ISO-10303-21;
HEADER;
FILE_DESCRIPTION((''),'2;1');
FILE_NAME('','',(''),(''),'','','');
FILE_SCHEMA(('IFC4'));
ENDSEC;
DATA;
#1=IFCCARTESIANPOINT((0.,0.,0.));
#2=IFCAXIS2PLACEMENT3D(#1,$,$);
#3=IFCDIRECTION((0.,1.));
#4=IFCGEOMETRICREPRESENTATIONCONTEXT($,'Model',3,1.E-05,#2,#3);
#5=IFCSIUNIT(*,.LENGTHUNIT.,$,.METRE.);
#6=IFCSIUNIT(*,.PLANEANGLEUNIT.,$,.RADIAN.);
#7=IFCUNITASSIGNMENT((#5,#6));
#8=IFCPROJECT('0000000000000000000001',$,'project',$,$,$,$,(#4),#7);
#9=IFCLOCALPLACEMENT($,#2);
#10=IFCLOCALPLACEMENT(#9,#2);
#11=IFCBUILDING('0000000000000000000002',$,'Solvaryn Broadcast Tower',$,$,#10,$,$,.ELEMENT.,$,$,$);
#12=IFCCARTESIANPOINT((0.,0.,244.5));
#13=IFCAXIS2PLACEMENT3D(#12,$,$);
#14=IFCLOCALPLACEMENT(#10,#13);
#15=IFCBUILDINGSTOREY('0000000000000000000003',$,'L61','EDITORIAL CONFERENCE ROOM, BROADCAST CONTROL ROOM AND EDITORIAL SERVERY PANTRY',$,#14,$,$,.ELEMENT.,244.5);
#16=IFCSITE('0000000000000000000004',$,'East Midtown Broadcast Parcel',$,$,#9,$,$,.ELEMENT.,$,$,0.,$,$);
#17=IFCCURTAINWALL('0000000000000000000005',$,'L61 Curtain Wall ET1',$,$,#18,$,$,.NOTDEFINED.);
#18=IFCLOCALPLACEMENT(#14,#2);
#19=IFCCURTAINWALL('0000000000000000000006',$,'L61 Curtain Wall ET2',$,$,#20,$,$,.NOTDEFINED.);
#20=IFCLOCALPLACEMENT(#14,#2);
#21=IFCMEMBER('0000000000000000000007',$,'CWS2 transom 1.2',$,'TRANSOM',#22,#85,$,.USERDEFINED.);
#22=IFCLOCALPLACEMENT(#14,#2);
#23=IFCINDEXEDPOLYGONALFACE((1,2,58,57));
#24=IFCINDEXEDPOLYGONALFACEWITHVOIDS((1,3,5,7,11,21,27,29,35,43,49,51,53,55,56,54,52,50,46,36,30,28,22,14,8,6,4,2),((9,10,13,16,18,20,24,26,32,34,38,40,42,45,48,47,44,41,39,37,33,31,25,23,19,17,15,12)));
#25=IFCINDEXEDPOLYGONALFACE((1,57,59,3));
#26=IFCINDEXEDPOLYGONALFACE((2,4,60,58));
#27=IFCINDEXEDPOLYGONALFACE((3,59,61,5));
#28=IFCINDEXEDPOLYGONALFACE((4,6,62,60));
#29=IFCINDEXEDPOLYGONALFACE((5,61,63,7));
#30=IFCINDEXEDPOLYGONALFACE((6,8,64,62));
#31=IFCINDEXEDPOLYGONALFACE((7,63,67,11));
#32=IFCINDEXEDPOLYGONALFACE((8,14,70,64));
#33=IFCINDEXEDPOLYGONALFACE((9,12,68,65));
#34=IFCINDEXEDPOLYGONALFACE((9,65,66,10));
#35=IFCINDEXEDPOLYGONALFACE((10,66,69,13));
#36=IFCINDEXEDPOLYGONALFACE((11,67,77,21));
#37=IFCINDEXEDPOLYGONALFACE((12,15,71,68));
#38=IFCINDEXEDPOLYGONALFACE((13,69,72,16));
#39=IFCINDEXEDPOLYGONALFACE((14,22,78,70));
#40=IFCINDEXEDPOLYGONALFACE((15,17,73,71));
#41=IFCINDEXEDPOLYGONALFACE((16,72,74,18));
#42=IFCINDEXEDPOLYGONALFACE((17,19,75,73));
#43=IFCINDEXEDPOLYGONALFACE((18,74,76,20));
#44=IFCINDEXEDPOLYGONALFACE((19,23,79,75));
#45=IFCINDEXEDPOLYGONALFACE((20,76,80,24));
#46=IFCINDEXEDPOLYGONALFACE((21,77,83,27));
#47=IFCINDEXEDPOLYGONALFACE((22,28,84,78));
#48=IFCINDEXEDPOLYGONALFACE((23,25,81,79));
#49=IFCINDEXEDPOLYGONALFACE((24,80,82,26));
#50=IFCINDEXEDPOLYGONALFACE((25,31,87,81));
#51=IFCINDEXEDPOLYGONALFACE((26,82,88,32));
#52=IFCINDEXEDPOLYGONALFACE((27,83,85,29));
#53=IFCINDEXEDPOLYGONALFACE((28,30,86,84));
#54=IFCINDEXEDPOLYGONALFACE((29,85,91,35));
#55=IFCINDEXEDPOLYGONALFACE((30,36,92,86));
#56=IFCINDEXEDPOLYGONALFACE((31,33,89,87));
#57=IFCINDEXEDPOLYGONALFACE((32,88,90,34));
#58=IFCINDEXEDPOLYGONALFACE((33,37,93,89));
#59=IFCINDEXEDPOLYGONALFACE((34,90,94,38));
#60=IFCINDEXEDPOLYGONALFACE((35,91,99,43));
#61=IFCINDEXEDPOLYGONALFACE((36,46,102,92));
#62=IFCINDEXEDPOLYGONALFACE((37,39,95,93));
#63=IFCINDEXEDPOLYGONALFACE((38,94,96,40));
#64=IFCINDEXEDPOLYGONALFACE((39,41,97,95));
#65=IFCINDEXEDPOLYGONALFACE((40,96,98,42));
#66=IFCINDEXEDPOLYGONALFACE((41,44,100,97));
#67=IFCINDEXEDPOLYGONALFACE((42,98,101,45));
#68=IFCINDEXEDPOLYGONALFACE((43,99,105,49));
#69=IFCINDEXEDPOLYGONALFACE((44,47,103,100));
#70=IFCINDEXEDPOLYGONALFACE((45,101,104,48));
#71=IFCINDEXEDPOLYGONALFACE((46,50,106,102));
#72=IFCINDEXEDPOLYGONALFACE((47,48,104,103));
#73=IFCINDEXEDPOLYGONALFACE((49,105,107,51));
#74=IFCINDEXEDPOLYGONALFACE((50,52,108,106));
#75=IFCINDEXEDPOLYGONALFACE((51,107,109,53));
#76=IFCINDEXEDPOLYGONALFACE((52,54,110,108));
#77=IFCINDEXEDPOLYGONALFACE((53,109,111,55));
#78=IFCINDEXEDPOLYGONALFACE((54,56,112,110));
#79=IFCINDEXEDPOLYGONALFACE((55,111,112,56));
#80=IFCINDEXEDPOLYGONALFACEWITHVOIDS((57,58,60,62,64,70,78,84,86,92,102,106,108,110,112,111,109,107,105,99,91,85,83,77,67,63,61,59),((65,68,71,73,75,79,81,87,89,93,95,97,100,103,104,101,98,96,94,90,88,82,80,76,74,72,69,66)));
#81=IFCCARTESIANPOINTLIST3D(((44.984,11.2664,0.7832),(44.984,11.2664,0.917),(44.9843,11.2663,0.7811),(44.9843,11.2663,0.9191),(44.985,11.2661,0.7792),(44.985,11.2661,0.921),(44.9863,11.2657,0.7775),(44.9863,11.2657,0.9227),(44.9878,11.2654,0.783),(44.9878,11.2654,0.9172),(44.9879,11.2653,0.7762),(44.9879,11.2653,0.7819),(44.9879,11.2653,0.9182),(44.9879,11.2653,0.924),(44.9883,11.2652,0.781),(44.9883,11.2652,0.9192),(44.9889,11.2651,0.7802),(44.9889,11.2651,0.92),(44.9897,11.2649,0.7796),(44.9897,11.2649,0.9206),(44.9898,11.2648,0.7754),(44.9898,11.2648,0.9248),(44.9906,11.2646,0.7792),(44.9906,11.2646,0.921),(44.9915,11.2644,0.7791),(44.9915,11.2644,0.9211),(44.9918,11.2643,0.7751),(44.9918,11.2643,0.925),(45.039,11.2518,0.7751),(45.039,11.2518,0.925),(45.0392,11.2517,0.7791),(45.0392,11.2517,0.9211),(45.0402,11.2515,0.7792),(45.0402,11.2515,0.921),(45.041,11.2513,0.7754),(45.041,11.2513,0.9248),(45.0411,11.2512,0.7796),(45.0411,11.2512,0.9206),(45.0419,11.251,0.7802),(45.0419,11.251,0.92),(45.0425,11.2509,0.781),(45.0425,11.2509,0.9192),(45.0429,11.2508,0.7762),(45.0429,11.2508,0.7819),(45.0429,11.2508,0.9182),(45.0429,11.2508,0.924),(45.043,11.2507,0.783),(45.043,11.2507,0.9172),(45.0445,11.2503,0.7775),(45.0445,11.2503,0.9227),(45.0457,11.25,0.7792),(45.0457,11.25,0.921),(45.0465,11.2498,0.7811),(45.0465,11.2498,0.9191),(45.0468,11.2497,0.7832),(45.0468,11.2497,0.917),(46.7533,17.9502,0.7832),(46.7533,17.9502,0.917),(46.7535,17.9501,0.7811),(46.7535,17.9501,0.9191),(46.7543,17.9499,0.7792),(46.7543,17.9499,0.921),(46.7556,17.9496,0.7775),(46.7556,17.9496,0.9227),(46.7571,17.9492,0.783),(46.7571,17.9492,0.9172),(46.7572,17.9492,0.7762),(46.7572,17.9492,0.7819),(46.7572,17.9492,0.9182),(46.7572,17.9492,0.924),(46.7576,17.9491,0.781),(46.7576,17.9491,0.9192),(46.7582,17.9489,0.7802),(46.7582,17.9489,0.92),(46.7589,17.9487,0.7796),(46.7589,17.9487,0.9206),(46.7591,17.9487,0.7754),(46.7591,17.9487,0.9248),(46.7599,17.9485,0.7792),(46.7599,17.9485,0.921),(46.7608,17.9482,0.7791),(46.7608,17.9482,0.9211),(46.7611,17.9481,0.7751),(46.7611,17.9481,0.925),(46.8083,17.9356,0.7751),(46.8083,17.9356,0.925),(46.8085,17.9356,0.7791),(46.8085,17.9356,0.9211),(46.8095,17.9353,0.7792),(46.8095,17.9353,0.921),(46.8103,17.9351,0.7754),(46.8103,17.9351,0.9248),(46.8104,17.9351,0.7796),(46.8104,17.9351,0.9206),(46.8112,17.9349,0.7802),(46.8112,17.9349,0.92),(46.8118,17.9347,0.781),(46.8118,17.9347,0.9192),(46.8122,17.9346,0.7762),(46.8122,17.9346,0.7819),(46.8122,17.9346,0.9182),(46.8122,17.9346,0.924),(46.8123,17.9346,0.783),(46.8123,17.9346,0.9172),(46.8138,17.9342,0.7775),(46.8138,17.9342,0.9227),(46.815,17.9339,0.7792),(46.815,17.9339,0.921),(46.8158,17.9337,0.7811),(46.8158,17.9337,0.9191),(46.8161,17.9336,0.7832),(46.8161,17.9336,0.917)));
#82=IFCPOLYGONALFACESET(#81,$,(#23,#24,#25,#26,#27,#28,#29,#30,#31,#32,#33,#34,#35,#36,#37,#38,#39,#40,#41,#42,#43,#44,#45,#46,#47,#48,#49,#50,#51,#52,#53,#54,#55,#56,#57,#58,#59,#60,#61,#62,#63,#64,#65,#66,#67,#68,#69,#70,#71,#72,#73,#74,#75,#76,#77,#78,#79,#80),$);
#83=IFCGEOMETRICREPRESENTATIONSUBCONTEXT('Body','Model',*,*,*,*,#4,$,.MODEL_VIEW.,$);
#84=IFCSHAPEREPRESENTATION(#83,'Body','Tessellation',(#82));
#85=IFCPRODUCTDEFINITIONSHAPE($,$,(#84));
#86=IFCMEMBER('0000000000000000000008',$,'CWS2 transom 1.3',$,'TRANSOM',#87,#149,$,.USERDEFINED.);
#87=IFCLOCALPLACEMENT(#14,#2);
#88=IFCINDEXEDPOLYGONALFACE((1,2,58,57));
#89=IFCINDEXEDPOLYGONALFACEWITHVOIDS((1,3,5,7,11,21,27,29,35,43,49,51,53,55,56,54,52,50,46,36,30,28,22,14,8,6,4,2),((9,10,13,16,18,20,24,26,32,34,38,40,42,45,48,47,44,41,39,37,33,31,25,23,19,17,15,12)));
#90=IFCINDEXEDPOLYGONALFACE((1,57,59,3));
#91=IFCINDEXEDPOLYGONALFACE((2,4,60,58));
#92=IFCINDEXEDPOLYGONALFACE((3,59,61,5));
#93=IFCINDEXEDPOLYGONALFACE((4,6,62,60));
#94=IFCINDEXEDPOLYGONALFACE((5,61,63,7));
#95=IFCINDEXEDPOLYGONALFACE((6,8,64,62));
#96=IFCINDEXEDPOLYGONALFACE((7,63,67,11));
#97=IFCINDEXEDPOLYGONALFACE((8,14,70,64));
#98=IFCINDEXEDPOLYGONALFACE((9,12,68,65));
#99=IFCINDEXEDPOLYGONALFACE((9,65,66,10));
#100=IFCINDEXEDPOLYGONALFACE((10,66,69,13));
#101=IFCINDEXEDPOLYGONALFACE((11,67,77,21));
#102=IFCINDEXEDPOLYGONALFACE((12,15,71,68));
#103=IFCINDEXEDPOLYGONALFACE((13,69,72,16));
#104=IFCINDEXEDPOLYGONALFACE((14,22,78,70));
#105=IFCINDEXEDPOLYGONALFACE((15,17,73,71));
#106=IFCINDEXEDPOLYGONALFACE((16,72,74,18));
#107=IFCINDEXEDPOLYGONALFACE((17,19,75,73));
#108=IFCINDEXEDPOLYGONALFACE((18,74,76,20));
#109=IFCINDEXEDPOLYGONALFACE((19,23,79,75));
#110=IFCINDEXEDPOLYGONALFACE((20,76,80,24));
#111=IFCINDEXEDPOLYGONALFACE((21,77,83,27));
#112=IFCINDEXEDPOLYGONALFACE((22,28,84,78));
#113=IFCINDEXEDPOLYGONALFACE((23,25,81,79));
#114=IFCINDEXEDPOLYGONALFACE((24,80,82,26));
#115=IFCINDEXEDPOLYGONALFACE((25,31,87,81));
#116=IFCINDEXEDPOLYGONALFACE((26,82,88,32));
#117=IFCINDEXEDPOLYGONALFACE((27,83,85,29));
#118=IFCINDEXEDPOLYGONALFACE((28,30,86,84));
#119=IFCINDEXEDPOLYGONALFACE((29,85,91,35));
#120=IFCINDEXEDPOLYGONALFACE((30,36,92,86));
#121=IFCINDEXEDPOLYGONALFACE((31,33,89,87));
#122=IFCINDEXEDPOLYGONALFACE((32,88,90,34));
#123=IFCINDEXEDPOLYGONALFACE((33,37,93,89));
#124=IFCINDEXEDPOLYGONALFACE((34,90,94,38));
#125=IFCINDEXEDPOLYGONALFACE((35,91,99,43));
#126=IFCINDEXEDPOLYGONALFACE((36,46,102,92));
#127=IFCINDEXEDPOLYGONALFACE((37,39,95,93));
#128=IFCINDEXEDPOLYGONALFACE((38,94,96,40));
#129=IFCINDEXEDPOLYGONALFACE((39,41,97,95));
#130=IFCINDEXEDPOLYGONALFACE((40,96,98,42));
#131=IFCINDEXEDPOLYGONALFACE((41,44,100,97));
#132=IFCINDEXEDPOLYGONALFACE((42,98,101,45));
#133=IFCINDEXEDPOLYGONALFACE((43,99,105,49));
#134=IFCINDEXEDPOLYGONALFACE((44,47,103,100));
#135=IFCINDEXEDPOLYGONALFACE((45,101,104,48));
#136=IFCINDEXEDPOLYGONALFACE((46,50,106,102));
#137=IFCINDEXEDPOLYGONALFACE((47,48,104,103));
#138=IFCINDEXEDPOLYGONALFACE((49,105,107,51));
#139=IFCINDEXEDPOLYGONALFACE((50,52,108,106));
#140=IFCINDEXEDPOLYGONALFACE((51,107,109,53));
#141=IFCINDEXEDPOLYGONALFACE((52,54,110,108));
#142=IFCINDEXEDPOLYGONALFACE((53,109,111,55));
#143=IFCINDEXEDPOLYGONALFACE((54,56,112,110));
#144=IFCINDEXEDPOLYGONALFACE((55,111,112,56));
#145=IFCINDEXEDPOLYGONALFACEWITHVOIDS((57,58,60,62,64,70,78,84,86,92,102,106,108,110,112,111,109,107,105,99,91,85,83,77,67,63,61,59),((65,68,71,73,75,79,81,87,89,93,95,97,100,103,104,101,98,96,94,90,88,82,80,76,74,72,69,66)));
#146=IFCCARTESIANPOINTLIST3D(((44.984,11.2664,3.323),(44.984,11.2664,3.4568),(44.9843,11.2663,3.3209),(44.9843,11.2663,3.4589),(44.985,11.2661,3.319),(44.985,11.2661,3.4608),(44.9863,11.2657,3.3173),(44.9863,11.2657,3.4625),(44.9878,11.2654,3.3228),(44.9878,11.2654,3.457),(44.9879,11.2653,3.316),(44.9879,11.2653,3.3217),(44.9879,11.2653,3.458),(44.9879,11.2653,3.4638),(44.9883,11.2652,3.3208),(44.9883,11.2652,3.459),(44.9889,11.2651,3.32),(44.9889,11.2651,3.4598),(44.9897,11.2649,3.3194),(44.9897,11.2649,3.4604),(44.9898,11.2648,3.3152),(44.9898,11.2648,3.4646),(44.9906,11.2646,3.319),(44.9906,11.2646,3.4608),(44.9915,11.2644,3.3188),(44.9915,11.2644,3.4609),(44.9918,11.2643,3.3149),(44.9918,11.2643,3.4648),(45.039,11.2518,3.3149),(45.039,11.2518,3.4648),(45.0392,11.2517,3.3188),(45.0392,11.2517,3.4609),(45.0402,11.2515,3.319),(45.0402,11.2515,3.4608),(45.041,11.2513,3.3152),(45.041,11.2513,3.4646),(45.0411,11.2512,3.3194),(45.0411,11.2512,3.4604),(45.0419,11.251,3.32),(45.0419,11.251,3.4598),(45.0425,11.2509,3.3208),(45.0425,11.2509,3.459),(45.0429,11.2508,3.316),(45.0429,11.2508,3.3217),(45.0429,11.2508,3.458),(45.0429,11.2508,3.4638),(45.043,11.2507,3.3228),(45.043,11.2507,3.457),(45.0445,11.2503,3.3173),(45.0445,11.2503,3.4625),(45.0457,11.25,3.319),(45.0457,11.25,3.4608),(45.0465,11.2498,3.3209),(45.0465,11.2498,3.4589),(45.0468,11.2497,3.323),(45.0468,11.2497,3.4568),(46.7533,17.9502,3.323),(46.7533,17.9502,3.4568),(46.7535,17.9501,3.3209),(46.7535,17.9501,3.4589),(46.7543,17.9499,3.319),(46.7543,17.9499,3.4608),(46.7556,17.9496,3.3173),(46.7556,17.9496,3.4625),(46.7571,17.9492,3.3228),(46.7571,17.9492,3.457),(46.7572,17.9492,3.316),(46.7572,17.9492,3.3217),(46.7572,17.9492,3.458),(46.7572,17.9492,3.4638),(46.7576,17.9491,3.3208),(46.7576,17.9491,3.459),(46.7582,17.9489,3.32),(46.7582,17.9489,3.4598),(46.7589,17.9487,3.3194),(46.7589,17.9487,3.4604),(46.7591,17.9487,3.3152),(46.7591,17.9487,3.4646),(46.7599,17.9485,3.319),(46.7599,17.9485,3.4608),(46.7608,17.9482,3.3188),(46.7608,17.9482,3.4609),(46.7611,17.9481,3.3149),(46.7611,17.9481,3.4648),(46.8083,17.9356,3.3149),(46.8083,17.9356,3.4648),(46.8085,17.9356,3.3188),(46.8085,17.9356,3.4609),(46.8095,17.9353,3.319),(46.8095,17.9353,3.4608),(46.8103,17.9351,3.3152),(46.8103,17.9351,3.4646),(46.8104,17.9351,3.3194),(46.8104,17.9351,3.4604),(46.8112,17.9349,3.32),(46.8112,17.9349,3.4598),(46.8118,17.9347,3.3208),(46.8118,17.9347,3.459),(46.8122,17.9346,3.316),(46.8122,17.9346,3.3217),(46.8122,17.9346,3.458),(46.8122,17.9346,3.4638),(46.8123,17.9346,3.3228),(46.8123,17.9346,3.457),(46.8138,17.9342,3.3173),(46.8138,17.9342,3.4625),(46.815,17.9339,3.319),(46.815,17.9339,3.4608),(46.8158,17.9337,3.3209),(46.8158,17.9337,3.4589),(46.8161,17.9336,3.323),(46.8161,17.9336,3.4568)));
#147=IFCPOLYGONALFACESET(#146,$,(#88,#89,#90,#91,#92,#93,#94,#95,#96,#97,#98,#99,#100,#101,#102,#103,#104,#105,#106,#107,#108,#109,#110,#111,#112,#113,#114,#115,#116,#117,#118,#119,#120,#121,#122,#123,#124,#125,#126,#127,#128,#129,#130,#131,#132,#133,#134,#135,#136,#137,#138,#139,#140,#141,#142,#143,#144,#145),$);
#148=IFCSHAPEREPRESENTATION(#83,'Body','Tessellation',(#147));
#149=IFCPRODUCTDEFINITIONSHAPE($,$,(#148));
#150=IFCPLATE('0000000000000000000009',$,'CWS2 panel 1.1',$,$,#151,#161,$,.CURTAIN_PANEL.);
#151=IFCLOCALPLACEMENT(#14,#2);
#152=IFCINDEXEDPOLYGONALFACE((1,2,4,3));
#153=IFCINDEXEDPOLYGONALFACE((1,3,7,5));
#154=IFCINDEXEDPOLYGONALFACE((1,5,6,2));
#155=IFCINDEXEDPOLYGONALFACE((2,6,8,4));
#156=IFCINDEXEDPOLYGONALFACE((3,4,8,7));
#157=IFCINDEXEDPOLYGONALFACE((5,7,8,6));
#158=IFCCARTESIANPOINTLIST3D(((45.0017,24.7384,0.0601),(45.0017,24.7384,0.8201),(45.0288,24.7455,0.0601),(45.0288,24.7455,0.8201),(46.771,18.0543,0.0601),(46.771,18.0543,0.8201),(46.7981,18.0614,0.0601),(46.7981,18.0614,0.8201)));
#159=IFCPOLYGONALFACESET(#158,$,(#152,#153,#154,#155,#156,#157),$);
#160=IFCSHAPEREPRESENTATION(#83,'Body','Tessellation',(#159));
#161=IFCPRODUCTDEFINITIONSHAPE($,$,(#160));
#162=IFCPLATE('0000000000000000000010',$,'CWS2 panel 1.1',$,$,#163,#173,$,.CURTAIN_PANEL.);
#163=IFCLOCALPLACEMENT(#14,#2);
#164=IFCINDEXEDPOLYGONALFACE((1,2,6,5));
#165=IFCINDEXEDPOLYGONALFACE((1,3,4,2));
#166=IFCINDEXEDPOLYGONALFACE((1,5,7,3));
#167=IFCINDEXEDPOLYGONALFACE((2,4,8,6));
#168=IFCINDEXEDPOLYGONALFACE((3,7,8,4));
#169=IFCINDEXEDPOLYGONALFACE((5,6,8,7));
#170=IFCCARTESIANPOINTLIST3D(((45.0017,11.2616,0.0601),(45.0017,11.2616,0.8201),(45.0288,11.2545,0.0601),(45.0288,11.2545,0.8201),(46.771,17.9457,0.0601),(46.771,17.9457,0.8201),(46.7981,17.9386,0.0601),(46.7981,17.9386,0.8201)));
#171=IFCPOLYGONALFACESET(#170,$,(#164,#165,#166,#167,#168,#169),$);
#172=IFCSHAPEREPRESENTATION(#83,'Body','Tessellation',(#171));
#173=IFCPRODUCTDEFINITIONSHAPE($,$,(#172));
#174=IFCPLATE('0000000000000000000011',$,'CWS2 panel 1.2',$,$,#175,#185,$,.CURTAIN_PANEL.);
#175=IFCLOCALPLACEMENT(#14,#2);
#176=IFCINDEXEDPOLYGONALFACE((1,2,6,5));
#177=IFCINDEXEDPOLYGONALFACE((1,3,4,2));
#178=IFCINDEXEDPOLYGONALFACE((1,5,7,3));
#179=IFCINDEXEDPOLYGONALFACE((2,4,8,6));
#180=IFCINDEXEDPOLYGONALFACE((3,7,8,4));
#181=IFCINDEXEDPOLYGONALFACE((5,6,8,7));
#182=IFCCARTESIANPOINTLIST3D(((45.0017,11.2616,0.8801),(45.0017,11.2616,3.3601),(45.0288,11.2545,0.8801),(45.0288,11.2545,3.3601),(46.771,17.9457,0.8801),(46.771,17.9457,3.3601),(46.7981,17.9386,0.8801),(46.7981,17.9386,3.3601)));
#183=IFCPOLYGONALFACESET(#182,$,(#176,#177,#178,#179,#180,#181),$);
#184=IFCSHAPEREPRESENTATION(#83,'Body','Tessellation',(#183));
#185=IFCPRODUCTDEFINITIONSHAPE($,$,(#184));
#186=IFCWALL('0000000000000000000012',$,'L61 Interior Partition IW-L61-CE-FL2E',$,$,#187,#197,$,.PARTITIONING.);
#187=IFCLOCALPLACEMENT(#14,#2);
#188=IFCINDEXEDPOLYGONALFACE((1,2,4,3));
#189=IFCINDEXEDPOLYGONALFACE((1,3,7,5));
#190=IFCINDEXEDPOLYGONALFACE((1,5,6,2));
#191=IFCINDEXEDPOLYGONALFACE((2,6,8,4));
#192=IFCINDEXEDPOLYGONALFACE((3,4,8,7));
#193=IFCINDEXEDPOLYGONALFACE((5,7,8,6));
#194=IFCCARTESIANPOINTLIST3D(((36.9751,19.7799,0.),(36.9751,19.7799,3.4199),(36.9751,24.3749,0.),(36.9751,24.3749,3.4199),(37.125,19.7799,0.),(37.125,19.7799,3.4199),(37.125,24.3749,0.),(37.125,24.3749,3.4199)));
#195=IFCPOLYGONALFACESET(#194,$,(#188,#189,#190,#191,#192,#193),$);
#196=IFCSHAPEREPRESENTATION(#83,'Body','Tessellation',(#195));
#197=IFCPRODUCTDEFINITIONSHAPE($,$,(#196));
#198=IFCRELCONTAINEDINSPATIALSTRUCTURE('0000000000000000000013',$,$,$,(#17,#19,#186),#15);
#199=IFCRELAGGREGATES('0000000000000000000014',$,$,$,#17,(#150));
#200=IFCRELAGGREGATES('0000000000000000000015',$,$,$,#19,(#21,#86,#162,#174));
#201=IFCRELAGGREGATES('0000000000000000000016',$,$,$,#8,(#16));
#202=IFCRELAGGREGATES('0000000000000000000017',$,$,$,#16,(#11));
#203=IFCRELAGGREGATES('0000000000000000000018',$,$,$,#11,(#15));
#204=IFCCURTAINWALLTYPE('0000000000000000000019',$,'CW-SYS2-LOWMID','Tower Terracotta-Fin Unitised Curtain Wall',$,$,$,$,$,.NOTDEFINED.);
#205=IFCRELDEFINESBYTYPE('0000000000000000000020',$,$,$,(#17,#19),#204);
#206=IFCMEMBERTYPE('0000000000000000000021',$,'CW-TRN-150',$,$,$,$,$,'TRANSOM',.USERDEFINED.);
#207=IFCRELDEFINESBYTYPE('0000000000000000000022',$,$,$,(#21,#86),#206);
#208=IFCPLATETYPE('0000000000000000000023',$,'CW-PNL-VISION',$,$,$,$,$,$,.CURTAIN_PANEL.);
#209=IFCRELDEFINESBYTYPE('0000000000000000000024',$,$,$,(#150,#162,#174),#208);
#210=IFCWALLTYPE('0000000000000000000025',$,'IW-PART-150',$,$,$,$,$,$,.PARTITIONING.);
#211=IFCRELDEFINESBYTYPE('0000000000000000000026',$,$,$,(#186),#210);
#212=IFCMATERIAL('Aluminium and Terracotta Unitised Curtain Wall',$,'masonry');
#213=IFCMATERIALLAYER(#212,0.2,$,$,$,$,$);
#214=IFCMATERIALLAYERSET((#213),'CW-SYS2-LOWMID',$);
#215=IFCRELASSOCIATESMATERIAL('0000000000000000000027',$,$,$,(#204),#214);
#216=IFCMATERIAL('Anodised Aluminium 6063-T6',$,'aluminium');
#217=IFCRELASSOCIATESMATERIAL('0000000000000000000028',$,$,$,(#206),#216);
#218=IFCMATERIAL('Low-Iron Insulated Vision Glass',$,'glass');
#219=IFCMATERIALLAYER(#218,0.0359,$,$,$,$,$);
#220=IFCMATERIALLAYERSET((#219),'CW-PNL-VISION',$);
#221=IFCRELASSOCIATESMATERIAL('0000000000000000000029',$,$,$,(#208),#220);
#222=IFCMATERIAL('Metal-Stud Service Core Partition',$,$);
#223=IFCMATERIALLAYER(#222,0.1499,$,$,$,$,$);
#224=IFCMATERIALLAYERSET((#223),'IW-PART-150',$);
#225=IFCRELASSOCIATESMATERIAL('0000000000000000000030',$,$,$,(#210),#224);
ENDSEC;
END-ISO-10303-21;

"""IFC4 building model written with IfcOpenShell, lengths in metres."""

from ifc_helpers import new_model, si_unit, direction, frame, frame_2d, origin, origin_2d, place, context, subcontext, project, spatial, rectangle, hollow_rectangle, extrude, material, layer, layer_set, material_profile, profile_set, type_object, element, aggregate, save


model = new_model("IFC4")

# Units and contexts
model_context = context("Model", 3, precision=1e-05, world=origin(), true_north=direction((0.0, 1.0)))
body_context = subcontext(model_context, "Body", "Model", "MODEL_VIEW")
ifc_project = project(units=[si_unit("LENGTHUNIT", "METRE"), si_unit("PLANEANGLEUNIT", "RADIAN")], contexts=[model_context])

# Site, building, storey
site_placement = place(None, origin())
site = spatial("IfcSite", under=ifc_project, at=site_placement, Name="East Midtown Broadcast Parcel", CompositionType="ELEMENT", RefElevation=0.0)
building_placement = place(site_placement, origin())
building = spatial("IfcBuilding", under=site, at=building_placement, Name="Solvaryn Broadcast Tower", CompositionType="ELEMENT")
storey_placement = place(building_placement, frame((0.0, 0.0, 244.5)))
storey = spatial("IfcBuildingStorey", under=building, at=storey_placement, Name="L61", Description="EDITORIAL CONFERENCE ROOM, BROADCAST CONTROL ROOM AND EDITORIAL SERVERY PANTRY", CompositionType="ELEMENT", Elevation=244.5)

# Curtain wall
ifc_material_1 = material(Name="Aluminium and Terracotta Unitised Curtain Wall", Category="masonry")
ifc_layer_1 = layer(ifc_material_1, 0.2)
ifc_layer_set_1 = layer_set([ifc_layer_1], Name="CW-SYS2-LOWMID")
curtain_wall_type = type_object("IfcCurtainWallType", Name="CW-SYS2-LOWMID", Description="Tower Terracotta-Fin Unitised Curtain Wall", PredefinedType="NOTDEFINED", material=ifc_layer_set_1)
curtain_wall_1_placement = place(storey_placement, origin())
curtain_wall_1 = element("IfcCurtainWall", 1, at=curtain_wall_1_placement, inside=storey, type_object=curtain_wall_type, Name="L61 Curtain Wall ET1", PredefinedType="NOTDEFINED")

# Curtain wall, members
curtain_wall_2_placement = place(storey_placement, origin())
curtain_wall_2 = element("IfcCurtainWall", 2, at=curtain_wall_2_placement, inside=storey, type_object=curtain_wall_type, Name="L61 Curtain Wall ET2", PredefinedType="NOTDEFINED")
ifc_material_2 = material(Name="Anodised Aluminium 6063-T6", Category="aluminium")
ifc_material_profile_1 = material_profile(ifc_material_2, hollow_rectangle(XDim=0.0649, YDim=0.1499, WallThickness=0.0039, InnerFilletRadius=0.0039, OuterFilletRadius=0.0081, at=origin_2d()))
ifc_profile_set_1 = profile_set([ifc_material_profile_1], Name="Anodised Aluminium 6063-T6")
member_type_1 = type_object("IfcMemberType", Name="CW-TRN-150", ElementType="TRANSOM", PredefinedType="USERDEFINED", material=ifc_profile_set_1)
member_1_placement = place(storey_placement, frame((46.7847, 17.9419, 0.8501), z_axis=(-0.255897, -0.966704, 0.0), x_axis=(0.966704, -0.255897, 0.0)))
member_1 = element("IfcMember", 3, at=member_1_placement, type_object=member_type_1, Name="CWS2 transom 1.2", ObjectType="TRANSOM", PredefinedType="USERDEFINED", context=body_context, shape_type="SweptSolid", body=[
    extrude(hollow_rectangle(XDim=0.0649, YDim=0.1499, WallThickness=0.0039, InnerFilletRadius=0.0039, OuterFilletRadius=0.0081, at=origin_2d()), origin(), (0.0, 0.0, 1.0), 6.9141),
])
member_2_placement = place(storey_placement, frame((46.7847, 17.9419, 3.3899), z_axis=(-0.255897, -0.966704, 0.0), x_axis=(0.966704, -0.255897, 0.0)))
member_2 = element("IfcMember", 4, at=member_2_placement, type_object=member_type_1, Name="CWS2 transom 1.3", ObjectType="TRANSOM", PredefinedType="USERDEFINED", context=body_context, shape_type="SweptSolid", body=[
    extrude(hollow_rectangle(XDim=0.0649, YDim=0.1499, WallThickness=0.0039, InnerFilletRadius=0.0039, OuterFilletRadius=0.0081, at=origin_2d()), origin(), (0.0, 0.0, 1.0), 6.9141),
])

# Plates
ifc_material_3 = material(Name="Low-Iron Insulated Vision Glass", Category="glass")
ifc_layer_2 = layer(ifc_material_3, 0.0359)
ifc_layer_set_2 = layer_set([ifc_layer_2], Name="CW-PNL-VISION")
plate_type = type_object("IfcPlateType", Name="CW-PNL-VISION", PredefinedType="CURTAIN_PANEL", material=ifc_layer_set_2)
plate_1_placement = place(storey_placement, frame((45.8999, 21.3999, 0.0601), z_axis=(0.0, 0.0, 1.0), x_axis=(0.255893, -0.966705, 0.0)))
plate_1 = element("IfcPlate", 5, at=plate_1_placement, type_object=plate_type, Name="CWS2 panel 1.1", PredefinedType="CURTAIN_PANEL", context=body_context, shape_type="SweptSolid", body=[
    extrude(rectangle(XDim=6.9143, YDim=0.0281, at=origin_2d()), origin(), (0.0, 0.0, 1.0), 0.76),
])
aggregate(curtain_wall_1, [plate_1])
plate_2_placement = place(storey_placement, frame((45.8999, 14.6001, 0.0601), z_axis=(0.0, 0.0, 1.0), x_axis=(-0.255893, -0.966705, 0.0)))
plate_2 = element("IfcPlate", 6, at=plate_2_placement, type_object=plate_type, Name="CWS2 panel 1.1", PredefinedType="CURTAIN_PANEL", context=body_context, shape_type="SweptSolid", body=[
    extrude(rectangle(XDim=6.9143, YDim=0.0281, at=origin_2d()), origin(), (0.0, 0.0, 1.0), 0.76),
])
plate_3_placement = place(storey_placement, frame((45.8999, 14.6001, 0.8801), z_axis=(0.0, 0.0, 1.0), x_axis=(-0.255893, -0.966705, 0.0)))
plate_3 = element("IfcPlate", 7, at=plate_3_placement, type_object=plate_type, Name="CWS2 panel 1.2", PredefinedType="CURTAIN_PANEL", context=body_context, shape_type="SweptSolid", body=[
    extrude(rectangle(XDim=6.9143, YDim=0.0281, at=origin_2d()), origin(), (0.0, 0.0, 1.0), 2.48),
])
aggregate(curtain_wall_2, [member_1, member_2, plate_2, plate_3])

# Wall
ifc_material_4 = material(Name="Metal-Stud Service Core Partition")
ifc_layer_3 = layer(ifc_material_4, 0.1499)
ifc_layer_set_3 = layer_set([ifc_layer_3], Name="IW-PART-150")
wall_type_1 = type_object("IfcWallType", Name="IW-PART-150", PredefinedType="PARTITIONING", material=ifc_layer_set_3)
for number, where, z_axis, x_axis, name in (
    (8, (37.05, 19.78, 0.0), (0.0, 0.0, 1.0), (0.0, 1.0, 0.0), "L61 Interior Partition IW-L61-CE-FL2E"),
):
    element("IfcWall", number, at=place(storey_placement, frame(where, z_axis=z_axis, x_axis=x_axis)), inside=storey, type_object=wall_type_1, Name=name, PredefinedType="PARTITIONING", context=body_context, shape_type="SweptSolid", body=[
        extrude(rectangle(XDim=4.595, YDim=0.1499, at=frame_2d((2.2974, 0.0))), origin(), (0.0, 0.0, 1.0), 3.4199),
    ])

save(model, "model.ifc")
